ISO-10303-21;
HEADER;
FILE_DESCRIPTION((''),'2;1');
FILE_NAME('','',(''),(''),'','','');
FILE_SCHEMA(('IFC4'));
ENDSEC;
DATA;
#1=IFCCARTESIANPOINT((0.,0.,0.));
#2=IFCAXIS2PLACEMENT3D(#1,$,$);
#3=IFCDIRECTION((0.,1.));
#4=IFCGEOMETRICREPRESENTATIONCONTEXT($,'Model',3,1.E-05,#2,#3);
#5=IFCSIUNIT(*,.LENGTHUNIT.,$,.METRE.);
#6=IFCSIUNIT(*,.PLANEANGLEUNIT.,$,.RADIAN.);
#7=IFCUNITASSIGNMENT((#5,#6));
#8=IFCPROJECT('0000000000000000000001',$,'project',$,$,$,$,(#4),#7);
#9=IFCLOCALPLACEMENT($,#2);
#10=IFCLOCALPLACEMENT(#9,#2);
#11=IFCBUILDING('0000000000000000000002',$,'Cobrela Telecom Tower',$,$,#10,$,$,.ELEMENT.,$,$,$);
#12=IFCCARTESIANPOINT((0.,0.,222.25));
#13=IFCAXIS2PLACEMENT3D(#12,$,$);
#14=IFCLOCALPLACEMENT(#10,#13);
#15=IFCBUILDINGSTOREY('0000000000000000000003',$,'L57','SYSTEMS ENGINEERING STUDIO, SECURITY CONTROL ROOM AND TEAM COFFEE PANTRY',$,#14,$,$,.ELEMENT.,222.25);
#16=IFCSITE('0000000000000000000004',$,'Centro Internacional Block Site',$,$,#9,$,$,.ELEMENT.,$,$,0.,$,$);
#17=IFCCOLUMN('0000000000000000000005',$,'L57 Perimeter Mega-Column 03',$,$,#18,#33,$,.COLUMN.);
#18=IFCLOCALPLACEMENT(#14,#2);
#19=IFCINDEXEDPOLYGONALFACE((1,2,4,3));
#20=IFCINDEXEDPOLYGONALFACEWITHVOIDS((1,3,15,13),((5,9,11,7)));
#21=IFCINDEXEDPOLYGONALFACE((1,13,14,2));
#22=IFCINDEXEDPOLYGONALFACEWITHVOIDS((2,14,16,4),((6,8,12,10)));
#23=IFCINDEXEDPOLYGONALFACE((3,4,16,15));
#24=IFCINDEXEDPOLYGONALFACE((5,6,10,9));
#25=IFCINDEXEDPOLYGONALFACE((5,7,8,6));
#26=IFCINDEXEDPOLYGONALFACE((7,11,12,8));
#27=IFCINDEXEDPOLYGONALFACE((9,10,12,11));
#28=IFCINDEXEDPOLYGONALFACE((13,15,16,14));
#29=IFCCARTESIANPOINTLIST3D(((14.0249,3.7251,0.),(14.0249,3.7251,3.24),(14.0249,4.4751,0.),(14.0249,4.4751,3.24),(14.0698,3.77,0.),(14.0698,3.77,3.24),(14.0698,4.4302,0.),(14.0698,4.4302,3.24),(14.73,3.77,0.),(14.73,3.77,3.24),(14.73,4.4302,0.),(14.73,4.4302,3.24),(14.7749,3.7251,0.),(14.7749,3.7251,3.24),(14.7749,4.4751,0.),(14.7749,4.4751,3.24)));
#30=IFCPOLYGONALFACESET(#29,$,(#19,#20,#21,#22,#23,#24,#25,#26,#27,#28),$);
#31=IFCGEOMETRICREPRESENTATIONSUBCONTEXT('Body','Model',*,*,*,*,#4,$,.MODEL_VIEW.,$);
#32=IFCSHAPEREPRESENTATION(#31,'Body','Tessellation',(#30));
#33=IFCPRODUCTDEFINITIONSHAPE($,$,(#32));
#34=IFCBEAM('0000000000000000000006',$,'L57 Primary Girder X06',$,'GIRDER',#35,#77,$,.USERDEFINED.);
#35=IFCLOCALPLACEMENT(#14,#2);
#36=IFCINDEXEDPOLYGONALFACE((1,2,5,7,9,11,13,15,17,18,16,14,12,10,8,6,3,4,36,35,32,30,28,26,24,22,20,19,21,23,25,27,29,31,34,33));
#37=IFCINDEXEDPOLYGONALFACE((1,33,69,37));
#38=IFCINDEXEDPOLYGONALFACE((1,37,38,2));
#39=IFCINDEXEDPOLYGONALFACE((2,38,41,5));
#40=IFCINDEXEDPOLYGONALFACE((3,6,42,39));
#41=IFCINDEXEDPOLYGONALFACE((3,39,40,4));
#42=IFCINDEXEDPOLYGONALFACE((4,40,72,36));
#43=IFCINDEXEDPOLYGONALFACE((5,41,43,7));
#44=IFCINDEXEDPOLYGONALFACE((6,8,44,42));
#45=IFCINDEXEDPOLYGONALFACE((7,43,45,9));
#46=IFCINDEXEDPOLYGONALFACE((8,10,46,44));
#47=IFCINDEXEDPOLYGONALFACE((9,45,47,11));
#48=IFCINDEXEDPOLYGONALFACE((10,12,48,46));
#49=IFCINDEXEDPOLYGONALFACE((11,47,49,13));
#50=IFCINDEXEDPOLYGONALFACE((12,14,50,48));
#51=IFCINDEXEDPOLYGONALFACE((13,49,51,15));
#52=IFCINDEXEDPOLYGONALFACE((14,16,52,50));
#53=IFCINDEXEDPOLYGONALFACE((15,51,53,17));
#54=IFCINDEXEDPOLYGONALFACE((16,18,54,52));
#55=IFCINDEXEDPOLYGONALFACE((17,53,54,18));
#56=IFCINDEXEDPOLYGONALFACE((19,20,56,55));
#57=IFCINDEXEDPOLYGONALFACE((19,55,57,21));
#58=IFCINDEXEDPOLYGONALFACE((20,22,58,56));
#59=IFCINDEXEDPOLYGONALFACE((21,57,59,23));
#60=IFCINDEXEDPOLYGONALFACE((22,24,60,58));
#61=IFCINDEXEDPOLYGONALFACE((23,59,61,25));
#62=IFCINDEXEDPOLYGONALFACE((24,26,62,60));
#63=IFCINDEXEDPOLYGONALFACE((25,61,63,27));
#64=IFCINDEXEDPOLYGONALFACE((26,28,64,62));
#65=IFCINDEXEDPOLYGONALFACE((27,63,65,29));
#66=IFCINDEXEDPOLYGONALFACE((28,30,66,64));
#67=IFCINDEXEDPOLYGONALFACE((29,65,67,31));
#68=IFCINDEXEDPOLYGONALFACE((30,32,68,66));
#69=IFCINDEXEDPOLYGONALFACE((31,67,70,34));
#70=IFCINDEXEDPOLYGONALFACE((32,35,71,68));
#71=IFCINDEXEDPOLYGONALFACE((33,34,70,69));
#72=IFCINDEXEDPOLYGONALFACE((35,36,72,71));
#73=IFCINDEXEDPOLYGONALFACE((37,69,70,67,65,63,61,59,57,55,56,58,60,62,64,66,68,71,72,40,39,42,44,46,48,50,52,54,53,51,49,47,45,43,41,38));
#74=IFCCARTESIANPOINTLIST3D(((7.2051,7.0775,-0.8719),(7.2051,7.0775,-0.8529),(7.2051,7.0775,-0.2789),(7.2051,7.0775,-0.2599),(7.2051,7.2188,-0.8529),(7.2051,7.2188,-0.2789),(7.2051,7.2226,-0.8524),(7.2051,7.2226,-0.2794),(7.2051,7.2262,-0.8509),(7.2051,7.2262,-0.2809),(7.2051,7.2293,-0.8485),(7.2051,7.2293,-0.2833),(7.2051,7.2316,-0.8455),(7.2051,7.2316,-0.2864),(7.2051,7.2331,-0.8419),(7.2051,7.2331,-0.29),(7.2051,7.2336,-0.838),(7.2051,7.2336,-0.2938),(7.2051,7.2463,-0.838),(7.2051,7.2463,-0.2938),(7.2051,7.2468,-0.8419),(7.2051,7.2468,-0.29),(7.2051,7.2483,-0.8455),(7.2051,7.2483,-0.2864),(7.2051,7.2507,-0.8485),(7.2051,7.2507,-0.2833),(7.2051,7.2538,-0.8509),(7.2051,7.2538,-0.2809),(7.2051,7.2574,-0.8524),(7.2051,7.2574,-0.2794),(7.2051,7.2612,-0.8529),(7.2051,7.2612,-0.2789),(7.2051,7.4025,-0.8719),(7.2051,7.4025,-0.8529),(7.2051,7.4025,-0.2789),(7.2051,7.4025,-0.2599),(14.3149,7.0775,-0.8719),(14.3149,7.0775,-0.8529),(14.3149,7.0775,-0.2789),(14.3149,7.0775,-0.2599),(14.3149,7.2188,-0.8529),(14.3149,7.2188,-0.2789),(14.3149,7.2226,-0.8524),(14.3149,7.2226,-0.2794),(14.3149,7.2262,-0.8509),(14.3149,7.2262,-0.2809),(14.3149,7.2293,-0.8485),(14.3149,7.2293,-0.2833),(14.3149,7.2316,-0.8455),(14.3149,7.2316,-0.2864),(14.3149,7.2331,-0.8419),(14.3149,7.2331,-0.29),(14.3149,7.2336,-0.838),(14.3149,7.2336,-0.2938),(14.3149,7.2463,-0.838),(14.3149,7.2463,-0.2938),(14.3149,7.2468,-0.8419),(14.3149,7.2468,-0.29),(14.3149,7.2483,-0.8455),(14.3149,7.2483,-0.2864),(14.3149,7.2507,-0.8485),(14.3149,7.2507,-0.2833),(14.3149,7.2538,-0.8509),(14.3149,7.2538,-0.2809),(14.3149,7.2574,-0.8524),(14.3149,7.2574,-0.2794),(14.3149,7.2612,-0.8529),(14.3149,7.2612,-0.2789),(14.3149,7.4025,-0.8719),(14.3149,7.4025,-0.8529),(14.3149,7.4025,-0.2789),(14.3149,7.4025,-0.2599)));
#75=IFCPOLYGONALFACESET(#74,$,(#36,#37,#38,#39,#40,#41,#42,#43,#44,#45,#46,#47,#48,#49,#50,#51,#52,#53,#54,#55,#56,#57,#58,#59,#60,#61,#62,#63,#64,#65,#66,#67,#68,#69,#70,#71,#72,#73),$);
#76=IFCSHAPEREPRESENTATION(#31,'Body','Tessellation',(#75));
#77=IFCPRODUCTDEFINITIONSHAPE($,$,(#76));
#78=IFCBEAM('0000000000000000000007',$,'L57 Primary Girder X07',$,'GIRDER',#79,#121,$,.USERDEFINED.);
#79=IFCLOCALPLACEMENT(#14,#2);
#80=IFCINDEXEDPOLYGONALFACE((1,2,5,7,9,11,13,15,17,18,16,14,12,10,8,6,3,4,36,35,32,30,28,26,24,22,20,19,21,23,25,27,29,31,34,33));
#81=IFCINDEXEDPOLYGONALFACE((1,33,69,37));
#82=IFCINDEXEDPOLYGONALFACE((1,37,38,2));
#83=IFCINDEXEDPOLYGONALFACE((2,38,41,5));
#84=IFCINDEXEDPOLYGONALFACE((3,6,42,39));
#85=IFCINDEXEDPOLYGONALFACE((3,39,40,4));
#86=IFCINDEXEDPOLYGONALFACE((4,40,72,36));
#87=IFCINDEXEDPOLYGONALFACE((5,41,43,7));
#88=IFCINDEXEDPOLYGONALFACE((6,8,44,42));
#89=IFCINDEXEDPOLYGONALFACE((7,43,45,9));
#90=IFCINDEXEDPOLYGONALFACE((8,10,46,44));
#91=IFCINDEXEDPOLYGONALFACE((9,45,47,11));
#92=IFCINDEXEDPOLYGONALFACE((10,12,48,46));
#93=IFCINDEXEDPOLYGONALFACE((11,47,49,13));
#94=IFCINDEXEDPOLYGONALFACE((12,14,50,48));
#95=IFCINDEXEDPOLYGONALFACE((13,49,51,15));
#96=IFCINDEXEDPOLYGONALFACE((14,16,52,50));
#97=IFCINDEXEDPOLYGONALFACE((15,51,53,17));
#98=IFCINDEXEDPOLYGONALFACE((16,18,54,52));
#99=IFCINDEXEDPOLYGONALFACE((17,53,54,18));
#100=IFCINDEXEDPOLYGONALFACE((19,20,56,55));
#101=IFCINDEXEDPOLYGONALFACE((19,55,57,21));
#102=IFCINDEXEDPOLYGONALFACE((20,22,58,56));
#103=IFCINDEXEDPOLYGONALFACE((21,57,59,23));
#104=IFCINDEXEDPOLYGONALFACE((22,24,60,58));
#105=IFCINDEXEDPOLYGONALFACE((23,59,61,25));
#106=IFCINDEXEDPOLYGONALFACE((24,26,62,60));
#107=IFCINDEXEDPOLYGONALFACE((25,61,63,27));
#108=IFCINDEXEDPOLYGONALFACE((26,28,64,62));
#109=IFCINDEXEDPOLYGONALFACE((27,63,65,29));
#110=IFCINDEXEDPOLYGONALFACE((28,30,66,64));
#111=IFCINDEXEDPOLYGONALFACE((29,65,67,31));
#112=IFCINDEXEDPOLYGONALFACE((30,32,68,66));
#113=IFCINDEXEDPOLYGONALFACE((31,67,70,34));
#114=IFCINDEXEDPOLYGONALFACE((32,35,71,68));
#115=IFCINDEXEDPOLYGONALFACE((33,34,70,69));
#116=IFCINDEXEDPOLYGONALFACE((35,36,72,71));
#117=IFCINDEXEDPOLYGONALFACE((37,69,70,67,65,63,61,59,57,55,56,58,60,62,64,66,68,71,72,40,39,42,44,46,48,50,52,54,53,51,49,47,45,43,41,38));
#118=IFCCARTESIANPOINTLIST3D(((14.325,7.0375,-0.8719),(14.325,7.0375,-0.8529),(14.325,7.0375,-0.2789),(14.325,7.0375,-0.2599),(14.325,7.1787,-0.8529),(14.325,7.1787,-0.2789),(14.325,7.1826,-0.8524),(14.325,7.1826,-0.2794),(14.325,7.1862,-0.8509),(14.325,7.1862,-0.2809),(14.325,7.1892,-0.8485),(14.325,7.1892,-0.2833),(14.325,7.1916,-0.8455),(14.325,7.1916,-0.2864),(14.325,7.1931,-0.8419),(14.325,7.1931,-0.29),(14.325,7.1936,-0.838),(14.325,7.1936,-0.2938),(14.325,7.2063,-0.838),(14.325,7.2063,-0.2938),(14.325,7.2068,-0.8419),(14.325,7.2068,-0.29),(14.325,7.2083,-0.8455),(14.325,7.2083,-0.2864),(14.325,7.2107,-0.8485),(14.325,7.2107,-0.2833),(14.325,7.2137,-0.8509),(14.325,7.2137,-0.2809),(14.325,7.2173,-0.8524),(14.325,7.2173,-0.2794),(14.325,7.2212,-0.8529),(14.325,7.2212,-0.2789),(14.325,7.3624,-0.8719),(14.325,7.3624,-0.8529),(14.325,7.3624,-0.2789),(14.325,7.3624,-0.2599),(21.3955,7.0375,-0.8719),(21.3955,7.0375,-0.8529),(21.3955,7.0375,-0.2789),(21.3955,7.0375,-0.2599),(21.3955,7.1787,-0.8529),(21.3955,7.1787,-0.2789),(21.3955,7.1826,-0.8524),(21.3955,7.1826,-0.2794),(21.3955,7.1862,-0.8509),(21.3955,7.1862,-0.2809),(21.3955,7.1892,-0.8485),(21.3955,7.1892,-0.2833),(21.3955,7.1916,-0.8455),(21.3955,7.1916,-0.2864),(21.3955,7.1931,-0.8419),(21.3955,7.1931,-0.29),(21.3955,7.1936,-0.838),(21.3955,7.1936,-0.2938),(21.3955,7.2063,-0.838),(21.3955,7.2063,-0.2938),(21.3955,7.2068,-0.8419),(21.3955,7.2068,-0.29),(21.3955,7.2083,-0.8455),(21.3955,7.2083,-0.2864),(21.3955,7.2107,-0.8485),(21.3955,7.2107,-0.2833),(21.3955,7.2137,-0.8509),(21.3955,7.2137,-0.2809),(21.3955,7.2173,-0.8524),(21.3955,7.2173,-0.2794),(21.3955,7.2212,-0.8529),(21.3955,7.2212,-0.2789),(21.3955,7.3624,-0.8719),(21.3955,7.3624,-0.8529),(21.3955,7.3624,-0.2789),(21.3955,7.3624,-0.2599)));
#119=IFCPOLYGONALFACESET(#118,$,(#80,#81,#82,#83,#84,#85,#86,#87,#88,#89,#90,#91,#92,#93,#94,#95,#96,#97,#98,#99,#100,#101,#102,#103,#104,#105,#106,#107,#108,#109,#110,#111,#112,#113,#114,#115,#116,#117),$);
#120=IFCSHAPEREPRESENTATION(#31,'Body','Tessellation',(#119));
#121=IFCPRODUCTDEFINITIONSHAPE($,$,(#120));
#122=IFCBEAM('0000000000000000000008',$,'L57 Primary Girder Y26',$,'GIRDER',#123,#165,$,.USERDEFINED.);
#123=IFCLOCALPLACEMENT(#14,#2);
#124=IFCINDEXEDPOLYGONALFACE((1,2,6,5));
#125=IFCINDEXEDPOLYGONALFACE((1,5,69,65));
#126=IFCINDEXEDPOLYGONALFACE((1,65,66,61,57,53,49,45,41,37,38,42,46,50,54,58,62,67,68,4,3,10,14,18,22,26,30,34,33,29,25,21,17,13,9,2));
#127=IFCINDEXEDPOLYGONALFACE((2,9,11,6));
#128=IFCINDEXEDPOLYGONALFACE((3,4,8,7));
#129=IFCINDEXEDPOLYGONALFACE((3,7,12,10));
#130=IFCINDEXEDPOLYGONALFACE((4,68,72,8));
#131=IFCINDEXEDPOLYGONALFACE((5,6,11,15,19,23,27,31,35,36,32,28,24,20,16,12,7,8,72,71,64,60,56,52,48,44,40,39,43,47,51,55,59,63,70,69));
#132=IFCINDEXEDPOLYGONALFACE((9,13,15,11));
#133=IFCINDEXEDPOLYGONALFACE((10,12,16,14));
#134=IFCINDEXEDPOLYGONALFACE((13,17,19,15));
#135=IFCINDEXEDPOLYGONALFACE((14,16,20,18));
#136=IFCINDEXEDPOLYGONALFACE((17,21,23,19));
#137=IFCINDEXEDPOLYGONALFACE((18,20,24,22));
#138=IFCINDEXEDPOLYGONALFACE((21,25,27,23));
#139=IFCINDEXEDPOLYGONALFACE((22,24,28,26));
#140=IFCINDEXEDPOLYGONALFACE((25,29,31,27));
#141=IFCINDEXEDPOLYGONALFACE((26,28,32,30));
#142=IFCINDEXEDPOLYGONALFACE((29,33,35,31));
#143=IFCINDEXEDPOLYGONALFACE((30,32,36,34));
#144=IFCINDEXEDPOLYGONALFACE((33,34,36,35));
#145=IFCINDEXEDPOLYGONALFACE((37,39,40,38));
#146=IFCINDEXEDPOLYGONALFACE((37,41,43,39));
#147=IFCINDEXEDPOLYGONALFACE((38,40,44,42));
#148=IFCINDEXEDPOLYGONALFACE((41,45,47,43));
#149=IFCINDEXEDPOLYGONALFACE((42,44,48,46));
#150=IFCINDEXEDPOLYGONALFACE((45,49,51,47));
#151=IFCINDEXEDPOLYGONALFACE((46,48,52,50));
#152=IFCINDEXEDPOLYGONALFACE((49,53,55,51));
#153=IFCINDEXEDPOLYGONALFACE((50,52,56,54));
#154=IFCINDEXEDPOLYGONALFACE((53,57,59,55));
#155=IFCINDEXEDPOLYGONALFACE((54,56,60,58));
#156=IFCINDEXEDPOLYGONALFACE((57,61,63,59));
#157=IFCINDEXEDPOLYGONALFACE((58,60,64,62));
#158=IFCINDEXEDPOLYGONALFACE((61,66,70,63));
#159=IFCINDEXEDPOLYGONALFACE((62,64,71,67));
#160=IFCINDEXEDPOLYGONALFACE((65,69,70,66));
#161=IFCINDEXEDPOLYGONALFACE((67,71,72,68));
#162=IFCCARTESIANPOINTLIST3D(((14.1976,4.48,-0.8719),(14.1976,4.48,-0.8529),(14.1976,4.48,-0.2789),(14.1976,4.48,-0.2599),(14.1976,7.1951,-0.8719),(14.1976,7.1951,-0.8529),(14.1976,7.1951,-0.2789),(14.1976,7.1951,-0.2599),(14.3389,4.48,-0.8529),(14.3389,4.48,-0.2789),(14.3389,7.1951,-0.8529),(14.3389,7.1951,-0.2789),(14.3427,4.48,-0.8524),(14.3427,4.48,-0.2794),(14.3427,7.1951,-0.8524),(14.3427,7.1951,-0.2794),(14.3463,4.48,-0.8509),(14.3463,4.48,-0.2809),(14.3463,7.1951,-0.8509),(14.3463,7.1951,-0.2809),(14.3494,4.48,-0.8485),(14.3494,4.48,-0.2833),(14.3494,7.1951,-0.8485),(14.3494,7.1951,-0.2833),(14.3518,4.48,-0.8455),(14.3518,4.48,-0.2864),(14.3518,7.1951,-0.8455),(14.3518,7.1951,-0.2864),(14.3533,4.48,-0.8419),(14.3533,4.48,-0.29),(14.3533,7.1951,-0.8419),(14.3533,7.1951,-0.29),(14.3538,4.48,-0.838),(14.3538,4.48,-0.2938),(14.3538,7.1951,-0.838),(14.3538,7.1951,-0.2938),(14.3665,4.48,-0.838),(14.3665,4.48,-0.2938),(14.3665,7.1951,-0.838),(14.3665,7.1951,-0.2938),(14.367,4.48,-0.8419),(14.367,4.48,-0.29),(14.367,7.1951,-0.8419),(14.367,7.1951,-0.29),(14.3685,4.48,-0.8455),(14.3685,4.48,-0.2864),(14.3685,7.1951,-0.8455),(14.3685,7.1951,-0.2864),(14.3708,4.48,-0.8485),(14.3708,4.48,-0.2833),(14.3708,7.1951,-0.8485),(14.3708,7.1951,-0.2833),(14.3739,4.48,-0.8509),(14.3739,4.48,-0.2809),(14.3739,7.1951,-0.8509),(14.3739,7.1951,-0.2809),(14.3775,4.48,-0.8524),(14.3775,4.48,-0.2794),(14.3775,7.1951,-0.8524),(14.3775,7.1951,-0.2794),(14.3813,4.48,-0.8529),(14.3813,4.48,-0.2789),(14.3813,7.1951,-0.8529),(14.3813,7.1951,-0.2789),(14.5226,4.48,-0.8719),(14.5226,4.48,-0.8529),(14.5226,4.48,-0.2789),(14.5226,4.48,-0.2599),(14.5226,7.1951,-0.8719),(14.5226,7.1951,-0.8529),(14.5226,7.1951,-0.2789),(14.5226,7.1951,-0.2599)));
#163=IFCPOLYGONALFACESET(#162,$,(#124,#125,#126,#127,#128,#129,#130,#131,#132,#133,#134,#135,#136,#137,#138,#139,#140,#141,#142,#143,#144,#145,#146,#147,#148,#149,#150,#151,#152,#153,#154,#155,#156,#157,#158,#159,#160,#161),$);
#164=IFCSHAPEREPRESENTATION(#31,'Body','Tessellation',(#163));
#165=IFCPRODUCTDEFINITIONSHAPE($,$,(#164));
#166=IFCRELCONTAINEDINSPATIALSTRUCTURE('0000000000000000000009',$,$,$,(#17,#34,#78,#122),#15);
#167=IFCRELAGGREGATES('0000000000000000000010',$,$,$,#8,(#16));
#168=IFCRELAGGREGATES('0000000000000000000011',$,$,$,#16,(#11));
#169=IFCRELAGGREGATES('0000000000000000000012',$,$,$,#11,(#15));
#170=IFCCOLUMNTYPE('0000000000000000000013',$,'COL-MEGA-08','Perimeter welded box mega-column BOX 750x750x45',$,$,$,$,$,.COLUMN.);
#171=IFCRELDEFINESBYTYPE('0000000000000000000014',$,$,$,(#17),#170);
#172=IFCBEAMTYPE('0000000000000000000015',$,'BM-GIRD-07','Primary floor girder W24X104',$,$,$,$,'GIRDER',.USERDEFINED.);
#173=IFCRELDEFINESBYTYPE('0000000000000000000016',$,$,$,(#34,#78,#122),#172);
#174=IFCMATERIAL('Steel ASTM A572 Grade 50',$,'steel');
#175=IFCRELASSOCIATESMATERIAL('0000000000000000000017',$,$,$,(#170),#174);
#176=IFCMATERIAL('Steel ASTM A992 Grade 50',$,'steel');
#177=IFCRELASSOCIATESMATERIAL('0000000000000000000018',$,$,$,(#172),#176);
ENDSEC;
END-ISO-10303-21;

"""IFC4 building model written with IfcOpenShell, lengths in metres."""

from ifc_helpers import new_model, si_unit, direction, frame, origin, origin_2d, place, context, subcontext, project, spatial, hollow_rectangle, i_section, extrude, material, material_profile, profile_set, type_object, element, save


model = new_model("IFC4")

# Units and contexts
model_context = context("Model", 3, precision=1e-05, world=origin(), true_north=direction((0.0, 1.0)))
body_context = subcontext(model_context, "Body", "Model", "MODEL_VIEW")
ifc_project = project(units=[si_unit("LENGTHUNIT", "METRE"), si_unit("PLANEANGLEUNIT", "RADIAN")], contexts=[model_context])

# Site, building, storey
site_placement = place(None, origin())
site = spatial("IfcSite", under=ifc_project, at=site_placement, Name="Centro Internacional Block Site", CompositionType="ELEMENT", RefElevation=0.0)
building_placement = place(site_placement, origin())
building = spatial("IfcBuilding", under=site, at=building_placement, Name="Cobrela Telecom Tower", CompositionType="ELEMENT")
storey_placement = place(building_placement, frame((0.0, 0.0, 222.25)))
storey = spatial("IfcBuildingStorey", under=building, at=storey_placement, Name="L57", Description="SYSTEMS ENGINEERING STUDIO, SECURITY CONTROL ROOM AND TEAM COFFEE PANTRY", CompositionType="ELEMENT", Elevation=222.25)

# Column
ifc_material_1 = material(Name="Steel ASTM A572 Grade 50", Category="steel")
ifc_material_profile_1 = material_profile(ifc_material_1, hollow_rectangle(XDim=0.75, YDim=0.75, WallThickness=0.0449, at=origin_2d()), Name="BOX 750x750x45")
ifc_profile_set_1 = profile_set([ifc_material_profile_1], Name="Steel ASTM A572 Grade 50")
column_type = type_object("IfcColumnType", Name="COL-MEGA-08", Description="Perimeter welded box mega-column BOX 750x750x45", PredefinedType="COLUMN", material=ifc_profile_set_1)
column_placement = place(storey_placement, frame((14.3999, 4.1001, 0.0), z_axis=(0.0, 0.0, 1.0), x_axis=(1.0, 0.0, 0.0)))
element("IfcColumn", 1, at=column_placement, inside=storey, type_object=column_type, Name="L57 Perimeter Mega-Column 03", PredefinedType="COLUMN", context=body_context, shape_type="SweptSolid", body=[
    extrude(hollow_rectangle(XDim=0.75, YDim=0.75, WallThickness=0.0449, at=origin_2d()), origin(), (0.0, 0.0, 1.0), 3.24),
])

# Beams
ifc_material_2 = material(Name="Steel ASTM A992 Grade 50", Category="steel")
ifc_material_profile_2 = material_profile(ifc_material_2, i_section(OverallWidth=0.325, OverallDepth=0.6121, WebThickness=0.0127, FlangeThickness=0.019, FilletRadius=0.0149, at=origin_2d()), Name="W24X104")
ifc_profile_set_2 = profile_set([ifc_material_profile_2], Name="Steel ASTM A992 Grade 50")
beam_type_1 = type_object("IfcBeamType", Name="BM-GIRD-07", Description="Primary floor girder W24X104", ElementType="GIRDER", PredefinedType="USERDEFINED", material=ifc_profile_set_2)
beam_1_placement = place(storey_placement, frame((7.2051, 7.24, -0.5659), z_axis=(1.0, 0.0, 0.0), x_axis=(0.0, 1.0, 0.0)))
element("IfcBeam", 2, at=beam_1_placement, inside=storey, type_object=beam_type_1, Name="L57 Primary Girder X06", ObjectType="GIRDER", PredefinedType="USERDEFINED", context=body_context, shape_type="SweptSolid", body=[
    extrude(i_section(OverallWidth=0.325, OverallDepth=0.6121, WebThickness=0.0127, FlangeThickness=0.019, FilletRadius=0.0149, at=origin_2d()), origin(), (0.0, 0.0, 1.0), 7.1099),
])
beam_2_placement = place(storey_placement, frame((14.325, 7.2, -0.5659), z_axis=(1.0, 0.0, 0.0), x_axis=(0.0, 1.0, 0.0)))
element("IfcBeam", 3, at=beam_2_placement, inside=storey, type_object=beam_type_1, Name="L57 Primary Girder X07", ObjectType="GIRDER", PredefinedType="USERDEFINED", context=body_context, shape_type="SweptSolid", body=[
    extrude(i_section(OverallWidth=0.325, OverallDepth=0.6121, WebThickness=0.0127, FlangeThickness=0.019, FilletRadius=0.0149, at=origin_2d()), origin(), (0.0, 0.0, 1.0), 7.0706),
])
beam_3_placement = place(storey_placement, frame((14.3601, 4.48, -0.5659), z_axis=(0.0, 1.0, 0.0), x_axis=(-1.0, 0.0, 0.0)))
element("IfcBeam", 4, at=beam_3_placement, inside=storey, type_object=beam_type_1, Name="L57 Primary Girder Y26", ObjectType="GIRDER", PredefinedType="USERDEFINED", context=body_context, shape_type="SweptSolid", body=[
    extrude(i_section(OverallWidth=0.325, OverallDepth=0.6121, WebThickness=0.0127, FlangeThickness=0.019, FilletRadius=0.0149, at=origin_2d()), origin(), (0.0, 0.0, 1.0), 2.7151),
])

save(model, "model.ifc")
